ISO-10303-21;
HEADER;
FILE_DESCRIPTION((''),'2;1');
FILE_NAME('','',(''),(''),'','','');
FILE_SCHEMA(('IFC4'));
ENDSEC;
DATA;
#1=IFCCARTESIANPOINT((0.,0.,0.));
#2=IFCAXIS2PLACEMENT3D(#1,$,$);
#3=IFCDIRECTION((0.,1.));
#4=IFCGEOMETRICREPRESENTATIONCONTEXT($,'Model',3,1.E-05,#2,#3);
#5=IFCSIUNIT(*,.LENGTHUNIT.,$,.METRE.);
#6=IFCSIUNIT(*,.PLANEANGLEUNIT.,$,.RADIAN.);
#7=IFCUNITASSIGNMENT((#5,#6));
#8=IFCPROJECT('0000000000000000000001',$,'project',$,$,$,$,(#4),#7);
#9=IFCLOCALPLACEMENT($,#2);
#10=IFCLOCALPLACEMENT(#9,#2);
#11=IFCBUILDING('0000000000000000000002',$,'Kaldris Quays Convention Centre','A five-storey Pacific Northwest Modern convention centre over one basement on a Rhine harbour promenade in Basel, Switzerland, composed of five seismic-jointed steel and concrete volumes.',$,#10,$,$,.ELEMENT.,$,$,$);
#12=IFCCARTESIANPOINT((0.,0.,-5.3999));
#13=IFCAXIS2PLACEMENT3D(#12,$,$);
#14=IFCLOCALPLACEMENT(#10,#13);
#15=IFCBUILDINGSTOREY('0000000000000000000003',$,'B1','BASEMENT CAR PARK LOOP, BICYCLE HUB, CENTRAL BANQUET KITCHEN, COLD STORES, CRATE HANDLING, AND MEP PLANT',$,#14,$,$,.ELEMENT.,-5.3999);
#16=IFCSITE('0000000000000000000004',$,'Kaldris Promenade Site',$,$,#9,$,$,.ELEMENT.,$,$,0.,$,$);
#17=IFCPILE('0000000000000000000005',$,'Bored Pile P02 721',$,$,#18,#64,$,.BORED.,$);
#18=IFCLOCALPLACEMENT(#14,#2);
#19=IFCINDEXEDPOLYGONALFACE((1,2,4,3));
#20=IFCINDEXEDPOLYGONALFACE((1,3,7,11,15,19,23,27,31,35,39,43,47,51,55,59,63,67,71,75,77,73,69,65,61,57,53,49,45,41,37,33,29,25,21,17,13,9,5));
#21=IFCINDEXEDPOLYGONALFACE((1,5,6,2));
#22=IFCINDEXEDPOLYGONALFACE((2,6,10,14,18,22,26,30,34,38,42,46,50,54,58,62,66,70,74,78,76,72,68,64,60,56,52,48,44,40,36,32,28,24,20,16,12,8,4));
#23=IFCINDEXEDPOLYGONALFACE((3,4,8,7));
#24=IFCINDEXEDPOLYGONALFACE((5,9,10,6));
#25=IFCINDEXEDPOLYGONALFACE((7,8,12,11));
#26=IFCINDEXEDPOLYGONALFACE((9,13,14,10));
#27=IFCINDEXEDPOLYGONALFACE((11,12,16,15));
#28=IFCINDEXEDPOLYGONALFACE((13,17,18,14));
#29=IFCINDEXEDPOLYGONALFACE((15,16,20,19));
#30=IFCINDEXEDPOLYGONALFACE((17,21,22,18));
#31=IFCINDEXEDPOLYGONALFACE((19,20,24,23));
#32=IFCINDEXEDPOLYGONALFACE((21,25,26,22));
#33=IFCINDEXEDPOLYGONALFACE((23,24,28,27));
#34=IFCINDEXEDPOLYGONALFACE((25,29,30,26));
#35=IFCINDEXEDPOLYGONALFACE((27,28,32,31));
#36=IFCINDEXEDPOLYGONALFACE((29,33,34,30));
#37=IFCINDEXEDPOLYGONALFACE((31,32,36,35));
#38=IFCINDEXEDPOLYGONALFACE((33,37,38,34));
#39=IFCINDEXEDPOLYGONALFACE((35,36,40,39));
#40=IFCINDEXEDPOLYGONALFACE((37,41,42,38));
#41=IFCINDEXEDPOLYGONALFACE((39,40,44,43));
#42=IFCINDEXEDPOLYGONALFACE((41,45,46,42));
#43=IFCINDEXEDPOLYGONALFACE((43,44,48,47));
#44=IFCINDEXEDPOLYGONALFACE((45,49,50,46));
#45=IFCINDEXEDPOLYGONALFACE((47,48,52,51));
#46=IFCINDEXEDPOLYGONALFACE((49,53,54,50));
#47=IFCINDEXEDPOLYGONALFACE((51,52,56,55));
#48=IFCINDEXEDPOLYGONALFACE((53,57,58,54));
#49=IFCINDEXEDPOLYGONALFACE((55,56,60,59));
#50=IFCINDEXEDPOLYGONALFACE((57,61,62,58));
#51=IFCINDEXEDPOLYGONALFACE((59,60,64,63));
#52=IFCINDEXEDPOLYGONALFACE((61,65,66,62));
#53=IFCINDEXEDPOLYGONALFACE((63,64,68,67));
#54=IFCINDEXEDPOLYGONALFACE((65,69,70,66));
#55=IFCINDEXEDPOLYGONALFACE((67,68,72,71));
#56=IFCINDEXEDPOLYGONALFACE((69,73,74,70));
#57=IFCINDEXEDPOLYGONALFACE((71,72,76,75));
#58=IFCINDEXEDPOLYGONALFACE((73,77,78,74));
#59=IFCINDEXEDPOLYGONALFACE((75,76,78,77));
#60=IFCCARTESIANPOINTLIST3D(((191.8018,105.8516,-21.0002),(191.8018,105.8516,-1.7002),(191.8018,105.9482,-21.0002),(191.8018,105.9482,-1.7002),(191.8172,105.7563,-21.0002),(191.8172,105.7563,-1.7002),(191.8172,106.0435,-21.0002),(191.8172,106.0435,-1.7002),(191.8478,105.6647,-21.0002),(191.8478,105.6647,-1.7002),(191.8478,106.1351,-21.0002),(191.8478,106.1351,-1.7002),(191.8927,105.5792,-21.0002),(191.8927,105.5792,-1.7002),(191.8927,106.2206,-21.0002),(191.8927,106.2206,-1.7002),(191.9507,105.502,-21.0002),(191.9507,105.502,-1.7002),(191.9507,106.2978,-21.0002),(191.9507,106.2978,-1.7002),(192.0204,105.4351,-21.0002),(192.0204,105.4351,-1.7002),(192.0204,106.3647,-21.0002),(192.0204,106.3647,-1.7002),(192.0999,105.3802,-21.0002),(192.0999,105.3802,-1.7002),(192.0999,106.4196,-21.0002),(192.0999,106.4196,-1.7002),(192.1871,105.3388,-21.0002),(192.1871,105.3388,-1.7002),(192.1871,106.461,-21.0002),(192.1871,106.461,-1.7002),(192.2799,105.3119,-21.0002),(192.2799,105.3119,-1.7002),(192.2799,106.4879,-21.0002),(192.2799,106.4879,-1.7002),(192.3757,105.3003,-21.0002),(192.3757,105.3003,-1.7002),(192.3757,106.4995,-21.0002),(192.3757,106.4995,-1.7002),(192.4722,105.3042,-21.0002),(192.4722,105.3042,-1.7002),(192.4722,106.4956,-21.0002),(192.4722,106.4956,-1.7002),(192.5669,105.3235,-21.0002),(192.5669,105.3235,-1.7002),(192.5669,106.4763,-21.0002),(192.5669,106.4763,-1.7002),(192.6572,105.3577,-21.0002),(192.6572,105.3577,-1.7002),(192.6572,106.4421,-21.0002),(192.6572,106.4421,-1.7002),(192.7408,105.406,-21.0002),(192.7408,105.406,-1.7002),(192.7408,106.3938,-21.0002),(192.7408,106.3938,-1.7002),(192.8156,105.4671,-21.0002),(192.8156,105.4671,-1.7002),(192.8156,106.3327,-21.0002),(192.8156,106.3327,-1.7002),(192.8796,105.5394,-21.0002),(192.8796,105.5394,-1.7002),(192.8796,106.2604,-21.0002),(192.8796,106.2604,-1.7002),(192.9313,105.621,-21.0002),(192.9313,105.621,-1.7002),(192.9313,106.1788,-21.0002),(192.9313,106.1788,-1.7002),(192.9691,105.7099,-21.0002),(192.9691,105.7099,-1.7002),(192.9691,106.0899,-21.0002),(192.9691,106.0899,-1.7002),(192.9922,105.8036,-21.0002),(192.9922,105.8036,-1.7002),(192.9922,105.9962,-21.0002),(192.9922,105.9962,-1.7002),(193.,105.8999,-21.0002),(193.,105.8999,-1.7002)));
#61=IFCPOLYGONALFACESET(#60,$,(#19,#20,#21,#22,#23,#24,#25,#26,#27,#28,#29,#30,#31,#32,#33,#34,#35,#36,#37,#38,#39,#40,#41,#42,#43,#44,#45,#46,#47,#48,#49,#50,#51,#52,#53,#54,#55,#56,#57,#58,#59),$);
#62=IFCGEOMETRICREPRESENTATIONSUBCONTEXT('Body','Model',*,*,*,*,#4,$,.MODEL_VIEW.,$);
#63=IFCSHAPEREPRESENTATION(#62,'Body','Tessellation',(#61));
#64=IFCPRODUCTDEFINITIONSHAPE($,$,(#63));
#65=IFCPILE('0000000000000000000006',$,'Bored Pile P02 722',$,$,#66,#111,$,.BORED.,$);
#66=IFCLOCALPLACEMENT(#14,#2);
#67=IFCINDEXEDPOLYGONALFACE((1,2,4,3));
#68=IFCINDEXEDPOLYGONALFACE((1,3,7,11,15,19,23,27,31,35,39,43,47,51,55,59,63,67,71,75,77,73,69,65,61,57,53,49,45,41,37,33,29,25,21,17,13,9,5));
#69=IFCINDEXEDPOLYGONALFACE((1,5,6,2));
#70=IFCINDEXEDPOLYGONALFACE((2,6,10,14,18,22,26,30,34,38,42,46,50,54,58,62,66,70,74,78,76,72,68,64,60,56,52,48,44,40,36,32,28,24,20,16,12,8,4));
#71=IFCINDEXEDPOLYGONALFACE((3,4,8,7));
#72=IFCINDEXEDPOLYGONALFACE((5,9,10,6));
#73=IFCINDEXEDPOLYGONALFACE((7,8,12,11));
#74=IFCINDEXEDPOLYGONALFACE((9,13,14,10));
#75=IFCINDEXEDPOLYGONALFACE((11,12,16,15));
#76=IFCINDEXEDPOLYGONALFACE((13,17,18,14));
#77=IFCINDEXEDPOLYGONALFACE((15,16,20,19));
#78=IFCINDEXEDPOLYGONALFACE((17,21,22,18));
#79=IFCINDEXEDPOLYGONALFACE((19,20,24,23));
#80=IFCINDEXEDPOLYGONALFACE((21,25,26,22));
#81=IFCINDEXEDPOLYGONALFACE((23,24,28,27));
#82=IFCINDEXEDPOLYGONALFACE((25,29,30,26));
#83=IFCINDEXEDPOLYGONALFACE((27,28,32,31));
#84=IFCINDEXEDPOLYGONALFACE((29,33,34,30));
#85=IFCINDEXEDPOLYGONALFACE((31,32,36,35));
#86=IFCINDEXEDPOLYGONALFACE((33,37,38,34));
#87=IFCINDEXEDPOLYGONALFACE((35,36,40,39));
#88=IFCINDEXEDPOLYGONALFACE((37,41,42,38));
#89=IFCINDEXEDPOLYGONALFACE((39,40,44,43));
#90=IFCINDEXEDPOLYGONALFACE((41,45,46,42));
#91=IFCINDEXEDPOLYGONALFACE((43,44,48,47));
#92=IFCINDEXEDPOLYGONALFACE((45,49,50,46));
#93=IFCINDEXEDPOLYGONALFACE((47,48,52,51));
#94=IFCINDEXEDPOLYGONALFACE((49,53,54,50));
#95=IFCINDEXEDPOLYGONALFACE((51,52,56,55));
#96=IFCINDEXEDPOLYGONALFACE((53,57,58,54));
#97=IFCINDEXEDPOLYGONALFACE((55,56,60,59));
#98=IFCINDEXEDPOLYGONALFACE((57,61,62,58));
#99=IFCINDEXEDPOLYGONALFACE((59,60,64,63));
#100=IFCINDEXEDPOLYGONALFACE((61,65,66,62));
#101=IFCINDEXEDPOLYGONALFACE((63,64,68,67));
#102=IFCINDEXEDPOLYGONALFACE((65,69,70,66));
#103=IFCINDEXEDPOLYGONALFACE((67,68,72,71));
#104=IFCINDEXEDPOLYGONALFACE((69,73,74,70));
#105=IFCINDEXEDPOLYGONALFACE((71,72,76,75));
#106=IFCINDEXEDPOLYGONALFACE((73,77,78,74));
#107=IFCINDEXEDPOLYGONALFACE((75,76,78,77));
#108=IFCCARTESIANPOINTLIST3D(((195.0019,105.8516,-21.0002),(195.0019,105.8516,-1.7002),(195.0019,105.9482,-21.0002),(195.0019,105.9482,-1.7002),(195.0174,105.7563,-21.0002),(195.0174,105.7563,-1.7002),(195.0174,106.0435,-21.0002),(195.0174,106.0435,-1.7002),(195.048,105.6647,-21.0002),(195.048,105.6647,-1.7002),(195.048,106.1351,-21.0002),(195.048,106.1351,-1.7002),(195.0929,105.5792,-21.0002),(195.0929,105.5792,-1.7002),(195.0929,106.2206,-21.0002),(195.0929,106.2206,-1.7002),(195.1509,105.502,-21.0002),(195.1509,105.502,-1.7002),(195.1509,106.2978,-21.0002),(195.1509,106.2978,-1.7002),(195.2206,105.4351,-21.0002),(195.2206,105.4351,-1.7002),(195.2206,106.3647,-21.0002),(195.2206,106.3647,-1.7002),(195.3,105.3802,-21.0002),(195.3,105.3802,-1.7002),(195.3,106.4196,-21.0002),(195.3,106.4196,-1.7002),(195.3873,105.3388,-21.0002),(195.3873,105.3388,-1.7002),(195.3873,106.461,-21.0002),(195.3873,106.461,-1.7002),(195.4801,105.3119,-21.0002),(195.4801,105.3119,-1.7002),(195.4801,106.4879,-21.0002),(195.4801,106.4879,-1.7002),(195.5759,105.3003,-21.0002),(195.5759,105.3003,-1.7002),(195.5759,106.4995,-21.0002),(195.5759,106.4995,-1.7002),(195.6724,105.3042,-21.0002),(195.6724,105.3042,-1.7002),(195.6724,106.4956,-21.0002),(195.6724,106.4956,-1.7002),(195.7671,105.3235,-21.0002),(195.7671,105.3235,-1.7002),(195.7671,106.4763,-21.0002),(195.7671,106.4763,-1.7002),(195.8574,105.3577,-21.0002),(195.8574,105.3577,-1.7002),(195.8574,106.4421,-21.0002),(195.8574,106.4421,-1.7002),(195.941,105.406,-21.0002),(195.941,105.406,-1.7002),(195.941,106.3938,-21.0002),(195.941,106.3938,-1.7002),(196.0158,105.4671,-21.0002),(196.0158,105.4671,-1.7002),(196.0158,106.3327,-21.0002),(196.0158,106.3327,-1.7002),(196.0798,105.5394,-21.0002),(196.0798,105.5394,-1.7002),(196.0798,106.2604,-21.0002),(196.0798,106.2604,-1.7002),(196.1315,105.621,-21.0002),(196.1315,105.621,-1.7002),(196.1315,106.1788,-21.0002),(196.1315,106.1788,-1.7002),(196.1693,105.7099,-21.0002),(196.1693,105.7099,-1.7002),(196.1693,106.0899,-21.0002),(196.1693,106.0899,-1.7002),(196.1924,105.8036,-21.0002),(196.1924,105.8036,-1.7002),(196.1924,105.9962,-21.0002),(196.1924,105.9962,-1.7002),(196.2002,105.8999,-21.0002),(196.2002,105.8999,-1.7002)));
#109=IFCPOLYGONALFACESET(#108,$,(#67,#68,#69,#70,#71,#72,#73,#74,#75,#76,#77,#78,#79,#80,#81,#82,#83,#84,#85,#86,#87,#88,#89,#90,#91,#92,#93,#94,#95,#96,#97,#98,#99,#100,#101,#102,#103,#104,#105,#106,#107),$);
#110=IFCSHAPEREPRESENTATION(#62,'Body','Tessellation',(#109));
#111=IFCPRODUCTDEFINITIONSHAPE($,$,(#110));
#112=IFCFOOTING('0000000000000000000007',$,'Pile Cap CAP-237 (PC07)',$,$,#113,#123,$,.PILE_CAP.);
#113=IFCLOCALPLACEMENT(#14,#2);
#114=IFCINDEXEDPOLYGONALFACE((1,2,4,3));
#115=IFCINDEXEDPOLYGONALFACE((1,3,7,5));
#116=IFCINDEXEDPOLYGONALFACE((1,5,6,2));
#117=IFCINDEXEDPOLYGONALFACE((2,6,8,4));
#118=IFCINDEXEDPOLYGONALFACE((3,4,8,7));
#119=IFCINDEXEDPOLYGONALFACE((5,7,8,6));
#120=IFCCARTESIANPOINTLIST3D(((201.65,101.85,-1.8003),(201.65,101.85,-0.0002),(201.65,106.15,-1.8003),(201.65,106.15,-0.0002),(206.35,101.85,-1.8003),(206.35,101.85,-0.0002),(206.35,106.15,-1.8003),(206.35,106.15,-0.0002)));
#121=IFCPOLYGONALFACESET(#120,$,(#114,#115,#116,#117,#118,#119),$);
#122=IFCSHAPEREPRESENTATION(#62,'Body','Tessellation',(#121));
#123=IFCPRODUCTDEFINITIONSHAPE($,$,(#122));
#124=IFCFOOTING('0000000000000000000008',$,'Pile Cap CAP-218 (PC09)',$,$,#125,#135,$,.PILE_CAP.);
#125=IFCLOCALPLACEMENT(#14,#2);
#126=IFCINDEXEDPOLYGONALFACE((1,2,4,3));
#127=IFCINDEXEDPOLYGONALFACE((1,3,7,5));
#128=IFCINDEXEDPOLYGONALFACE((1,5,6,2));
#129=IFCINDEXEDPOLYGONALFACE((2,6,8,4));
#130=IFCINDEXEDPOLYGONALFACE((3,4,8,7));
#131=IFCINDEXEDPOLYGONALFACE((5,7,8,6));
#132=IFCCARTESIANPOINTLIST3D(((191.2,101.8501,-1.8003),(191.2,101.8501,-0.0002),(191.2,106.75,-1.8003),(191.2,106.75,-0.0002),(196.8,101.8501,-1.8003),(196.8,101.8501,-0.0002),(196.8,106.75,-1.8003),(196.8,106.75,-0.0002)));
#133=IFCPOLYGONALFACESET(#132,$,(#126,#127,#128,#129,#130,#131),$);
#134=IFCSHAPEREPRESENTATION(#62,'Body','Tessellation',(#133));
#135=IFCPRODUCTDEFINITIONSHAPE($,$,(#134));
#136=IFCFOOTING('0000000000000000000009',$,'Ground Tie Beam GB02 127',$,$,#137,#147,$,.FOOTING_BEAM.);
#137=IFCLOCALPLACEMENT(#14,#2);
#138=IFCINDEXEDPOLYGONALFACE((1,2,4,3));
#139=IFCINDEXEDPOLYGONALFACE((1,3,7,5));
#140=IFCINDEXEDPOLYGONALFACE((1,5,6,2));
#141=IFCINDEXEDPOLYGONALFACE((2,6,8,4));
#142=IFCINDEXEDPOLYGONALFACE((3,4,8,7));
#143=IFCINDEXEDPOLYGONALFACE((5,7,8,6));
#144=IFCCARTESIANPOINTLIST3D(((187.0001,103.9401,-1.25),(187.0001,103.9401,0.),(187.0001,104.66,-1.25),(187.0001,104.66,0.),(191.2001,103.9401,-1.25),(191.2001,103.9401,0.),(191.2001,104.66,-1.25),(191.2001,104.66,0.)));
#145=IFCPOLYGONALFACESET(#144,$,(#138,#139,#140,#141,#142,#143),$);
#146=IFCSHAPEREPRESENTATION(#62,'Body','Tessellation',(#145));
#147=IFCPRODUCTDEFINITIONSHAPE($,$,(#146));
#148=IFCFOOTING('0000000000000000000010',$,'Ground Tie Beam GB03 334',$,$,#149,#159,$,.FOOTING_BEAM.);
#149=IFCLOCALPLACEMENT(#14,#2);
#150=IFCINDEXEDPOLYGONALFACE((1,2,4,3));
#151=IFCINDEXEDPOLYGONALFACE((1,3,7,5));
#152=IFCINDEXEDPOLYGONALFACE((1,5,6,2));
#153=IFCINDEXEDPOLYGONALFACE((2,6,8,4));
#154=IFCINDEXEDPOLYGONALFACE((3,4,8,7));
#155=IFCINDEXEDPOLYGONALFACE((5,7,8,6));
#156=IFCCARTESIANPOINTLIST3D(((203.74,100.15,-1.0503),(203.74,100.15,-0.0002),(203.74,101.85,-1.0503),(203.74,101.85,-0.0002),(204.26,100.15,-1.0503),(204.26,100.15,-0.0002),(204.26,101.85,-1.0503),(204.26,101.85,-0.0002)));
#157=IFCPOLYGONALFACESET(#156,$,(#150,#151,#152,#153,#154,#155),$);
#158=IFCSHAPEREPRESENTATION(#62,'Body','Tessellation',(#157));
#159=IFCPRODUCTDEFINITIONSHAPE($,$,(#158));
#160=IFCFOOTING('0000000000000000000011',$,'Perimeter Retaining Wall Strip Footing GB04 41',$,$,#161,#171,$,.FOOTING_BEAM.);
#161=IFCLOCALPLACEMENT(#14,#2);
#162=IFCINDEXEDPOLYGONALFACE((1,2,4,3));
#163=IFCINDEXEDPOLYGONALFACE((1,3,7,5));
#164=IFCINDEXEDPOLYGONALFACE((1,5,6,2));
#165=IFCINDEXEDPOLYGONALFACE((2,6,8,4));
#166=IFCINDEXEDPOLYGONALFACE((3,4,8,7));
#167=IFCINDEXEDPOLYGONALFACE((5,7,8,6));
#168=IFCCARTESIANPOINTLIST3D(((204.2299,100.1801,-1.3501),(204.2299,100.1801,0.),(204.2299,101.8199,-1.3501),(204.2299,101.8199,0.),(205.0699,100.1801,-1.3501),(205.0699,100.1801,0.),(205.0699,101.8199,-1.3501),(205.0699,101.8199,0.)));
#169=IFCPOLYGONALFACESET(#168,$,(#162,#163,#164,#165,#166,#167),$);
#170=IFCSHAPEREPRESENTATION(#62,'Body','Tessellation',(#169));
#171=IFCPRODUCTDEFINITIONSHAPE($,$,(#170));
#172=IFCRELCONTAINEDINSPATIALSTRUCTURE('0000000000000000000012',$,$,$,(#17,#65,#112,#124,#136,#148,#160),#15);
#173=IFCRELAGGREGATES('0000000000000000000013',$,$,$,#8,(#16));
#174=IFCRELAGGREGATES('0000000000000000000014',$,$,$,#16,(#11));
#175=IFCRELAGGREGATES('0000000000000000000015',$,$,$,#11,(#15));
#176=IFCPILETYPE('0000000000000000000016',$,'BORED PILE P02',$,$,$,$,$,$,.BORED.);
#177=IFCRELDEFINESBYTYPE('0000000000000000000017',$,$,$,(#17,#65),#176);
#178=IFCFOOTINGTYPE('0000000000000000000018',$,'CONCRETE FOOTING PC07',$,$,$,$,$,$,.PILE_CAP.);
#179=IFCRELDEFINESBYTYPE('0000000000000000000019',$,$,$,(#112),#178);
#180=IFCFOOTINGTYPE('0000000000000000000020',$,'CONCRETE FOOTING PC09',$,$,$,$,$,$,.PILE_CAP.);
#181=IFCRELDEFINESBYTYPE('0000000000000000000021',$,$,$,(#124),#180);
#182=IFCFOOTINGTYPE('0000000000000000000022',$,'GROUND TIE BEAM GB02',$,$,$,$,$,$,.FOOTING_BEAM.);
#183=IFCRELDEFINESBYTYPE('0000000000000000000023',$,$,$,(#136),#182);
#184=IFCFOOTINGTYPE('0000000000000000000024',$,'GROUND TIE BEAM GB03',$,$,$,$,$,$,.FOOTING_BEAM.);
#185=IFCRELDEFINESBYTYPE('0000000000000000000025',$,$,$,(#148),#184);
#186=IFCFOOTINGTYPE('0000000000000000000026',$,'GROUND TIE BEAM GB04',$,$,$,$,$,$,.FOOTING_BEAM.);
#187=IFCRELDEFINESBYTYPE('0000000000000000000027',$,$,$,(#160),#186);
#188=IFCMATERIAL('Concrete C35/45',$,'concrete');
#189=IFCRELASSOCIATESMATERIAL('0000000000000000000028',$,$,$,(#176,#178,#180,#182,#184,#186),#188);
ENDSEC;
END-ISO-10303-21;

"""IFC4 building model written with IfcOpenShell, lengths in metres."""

from ifc_helpers import new_model, si_unit, direction, frame, origin, origin_2d, place, context, subcontext, project, spatial, rectangle, circle, extrude, material, material_profile, profile_set, type_object, element, save


model = new_model("IFC4")

# Units and contexts
model_context = context("Model", 3, precision=1e-05, world=origin(), true_north=direction((0.0, 1.0)))
body_context = subcontext(model_context, "Body", "Model", "MODEL_VIEW")
ifc_project = project(units=[si_unit("LENGTHUNIT", "METRE"), si_unit("PLANEANGLEUNIT", "RADIAN")], contexts=[model_context])

# Site, building, storey
site_placement = place(None, origin())
site = spatial("IfcSite", under=ifc_project, at=site_placement, Name="Kaldris Promenade Site", CompositionType="ELEMENT", RefElevation=0.0)
building_placement = place(site_placement, origin())
building = spatial("IfcBuilding", under=site, at=building_placement, Name="Kaldris Quays Convention Centre", Description="A five-storey Pacific Northwest Modern convention centre over one basement on a Rhine harbour promenade in Basel, Switzerland, composed of five seismic-jointed steel and concrete volumes.", CompositionType="ELEMENT")
storey_placement = place(building_placement, frame((0.0, 0.0, -5.3999)))
storey = spatial("IfcBuildingStorey", under=building, at=storey_placement, Name="B1", Description="BASEMENT CAR PARK LOOP, BICYCLE HUB, CENTRAL BANQUET KITCHEN, COLD STORES, CRATE HANDLING, AND MEP PLANT", CompositionType="ELEMENT", Elevation=-5.3999)

# Piles
ifc_material_1 = material(Name="Concrete C35/45", Category="concrete")
ifc_material_profile_1 = material_profile(ifc_material_1, circle(Radius=0.6001, at=origin_2d()), Name="BORED PILE D1200")
ifc_profile_set_1 = profile_set([ifc_material_profile_1], Name="Concrete C35/45")
pile_type_1 = type_object("IfcPileType", Name="BORED PILE P02", PredefinedType="BORED", material=ifc_profile_set_1)
for number, where, z_axis, x_axis, name in (
    (1, (192.3999, 105.8999, -1.7002), (0.0, 0.0, -1.0), (1.0, 0.0, 0.0), "Bored Pile P02 721"),
    (2, (195.6001, 105.8999, -1.7002), (0.0, 0.0, -1.0), (1.0, 0.0, 0.0), "Bored Pile P02 722"),
):
    element("IfcPile", number, at=place(storey_placement, frame(where, z_axis=z_axis, x_axis=x_axis)), inside=storey, type_object=pile_type_1, Name=name, PredefinedType="BORED", context=body_context, shape_type="SweptSolid", body=[
        extrude(circle(Radius=0.6001, at=origin_2d()), origin(), (0.0, 0.0, 1.0), 19.3),
    ])

# Footings
footing_type_1 = type_object("IfcFootingType", Name="CONCRETE FOOTING PC07", PredefinedType="PILE_CAP", material=ifc_material_1)
footing_1_placement = place(storey_placement, frame((204.0, 104.0, -1.8003), z_axis=(0.0, 0.0, 1.0), x_axis=(1.0, 0.0, 0.0)))
element("IfcFooting", 3, at=footing_1_placement, inside=storey, type_object=footing_type_1, Name="Pile Cap CAP-237 (PC07)", PredefinedType="PILE_CAP", context=body_context, shape_type="SweptSolid", body=[
    extrude(rectangle(XDim=4.7, YDim=4.3, at=origin_2d()), origin(), (0.0, 0.0, 1.0), 1.8),
])
footing_type_2 = type_object("IfcFootingType", Name="CONCRETE FOOTING PC09", PredefinedType="PILE_CAP", material=ifc_material_1)
footing_2_placement = place(storey_placement, frame((194.0, 104.3, -1.8003), z_axis=(0.0, 0.0, 1.0), x_axis=(1.0, 0.0, 0.0)))
element("IfcFooting", 4, at=footing_2_placement, inside=storey, type_object=footing_type_2, Name="Pile Cap CAP-218 (PC09)", PredefinedType="PILE_CAP", context=body_context, shape_type="SweptSolid", body=[
    extrude(rectangle(XDim=5.6001, YDim=4.8999, at=origin_2d()), origin(), (0.0, 0.0, 1.0), 1.8),
])
footing_type_3 = type_object("IfcFootingType", Name="GROUND TIE BEAM GB02", PredefinedType="FOOTING_BEAM", material=ifc_material_1)
footing_3_placement = place(storey_placement, frame((189.1001, 104.3, -1.25), z_axis=(0.0, 0.0, 1.0), x_axis=(1.0, 0.0, 0.0)))
element("IfcFooting", 5, at=footing_3_placement, inside=storey, type_object=footing_type_3, Name="Ground Tie Beam GB02 127", PredefinedType="FOOTING_BEAM", context=body_context, shape_type="SweptSolid", body=[
    extrude(rectangle(XDim=4.2, YDim=0.72, at=origin_2d()), origin(), (0.0, 0.0, 1.0), 1.25),
])
footing_type_4 = type_object("IfcFootingType", Name="GROUND TIE BEAM GB03", PredefinedType="FOOTING_BEAM", material=ifc_material_1)
footing_4_placement = place(storey_placement, frame((204.0, 101.0, -1.0503), z_axis=(0.0, 0.0, 1.0), x_axis=(1.0, 0.0, 0.0)))
element("IfcFooting", 6, at=footing_4_placement, inside=storey, type_object=footing_type_4, Name="Ground Tie Beam GB03 334", PredefinedType="FOOTING_BEAM", context=body_context, shape_type="SweptSolid", body=[
    extrude(rectangle(XDim=0.52, YDim=1.7, at=origin_2d()), origin(), (0.0, 0.0, 1.0), 1.05),
])
footing_type_5 = type_object("IfcFootingType", Name="GROUND TIE BEAM GB04", PredefinedType="FOOTING_BEAM", material=ifc_material_1)
footing_5_placement = place(storey_placement, frame((204.6499, 101.0, -1.3501), z_axis=(0.0, 0.0, 1.0), x_axis=(1.0, 0.0, 0.0)))
element("IfcFooting", 7, at=footing_5_placement, inside=storey, type_object=footing_type_5, Name="Perimeter Retaining Wall Strip Footing GB04 41", PredefinedType="FOOTING_BEAM", context=body_context, shape_type="SweptSolid", body=[
    extrude(rectangle(XDim=0.8401, YDim=1.6399, at=origin_2d()), origin(), (0.0, 0.0, 1.0), 1.3501),
])

save(model, "model.ifc")
